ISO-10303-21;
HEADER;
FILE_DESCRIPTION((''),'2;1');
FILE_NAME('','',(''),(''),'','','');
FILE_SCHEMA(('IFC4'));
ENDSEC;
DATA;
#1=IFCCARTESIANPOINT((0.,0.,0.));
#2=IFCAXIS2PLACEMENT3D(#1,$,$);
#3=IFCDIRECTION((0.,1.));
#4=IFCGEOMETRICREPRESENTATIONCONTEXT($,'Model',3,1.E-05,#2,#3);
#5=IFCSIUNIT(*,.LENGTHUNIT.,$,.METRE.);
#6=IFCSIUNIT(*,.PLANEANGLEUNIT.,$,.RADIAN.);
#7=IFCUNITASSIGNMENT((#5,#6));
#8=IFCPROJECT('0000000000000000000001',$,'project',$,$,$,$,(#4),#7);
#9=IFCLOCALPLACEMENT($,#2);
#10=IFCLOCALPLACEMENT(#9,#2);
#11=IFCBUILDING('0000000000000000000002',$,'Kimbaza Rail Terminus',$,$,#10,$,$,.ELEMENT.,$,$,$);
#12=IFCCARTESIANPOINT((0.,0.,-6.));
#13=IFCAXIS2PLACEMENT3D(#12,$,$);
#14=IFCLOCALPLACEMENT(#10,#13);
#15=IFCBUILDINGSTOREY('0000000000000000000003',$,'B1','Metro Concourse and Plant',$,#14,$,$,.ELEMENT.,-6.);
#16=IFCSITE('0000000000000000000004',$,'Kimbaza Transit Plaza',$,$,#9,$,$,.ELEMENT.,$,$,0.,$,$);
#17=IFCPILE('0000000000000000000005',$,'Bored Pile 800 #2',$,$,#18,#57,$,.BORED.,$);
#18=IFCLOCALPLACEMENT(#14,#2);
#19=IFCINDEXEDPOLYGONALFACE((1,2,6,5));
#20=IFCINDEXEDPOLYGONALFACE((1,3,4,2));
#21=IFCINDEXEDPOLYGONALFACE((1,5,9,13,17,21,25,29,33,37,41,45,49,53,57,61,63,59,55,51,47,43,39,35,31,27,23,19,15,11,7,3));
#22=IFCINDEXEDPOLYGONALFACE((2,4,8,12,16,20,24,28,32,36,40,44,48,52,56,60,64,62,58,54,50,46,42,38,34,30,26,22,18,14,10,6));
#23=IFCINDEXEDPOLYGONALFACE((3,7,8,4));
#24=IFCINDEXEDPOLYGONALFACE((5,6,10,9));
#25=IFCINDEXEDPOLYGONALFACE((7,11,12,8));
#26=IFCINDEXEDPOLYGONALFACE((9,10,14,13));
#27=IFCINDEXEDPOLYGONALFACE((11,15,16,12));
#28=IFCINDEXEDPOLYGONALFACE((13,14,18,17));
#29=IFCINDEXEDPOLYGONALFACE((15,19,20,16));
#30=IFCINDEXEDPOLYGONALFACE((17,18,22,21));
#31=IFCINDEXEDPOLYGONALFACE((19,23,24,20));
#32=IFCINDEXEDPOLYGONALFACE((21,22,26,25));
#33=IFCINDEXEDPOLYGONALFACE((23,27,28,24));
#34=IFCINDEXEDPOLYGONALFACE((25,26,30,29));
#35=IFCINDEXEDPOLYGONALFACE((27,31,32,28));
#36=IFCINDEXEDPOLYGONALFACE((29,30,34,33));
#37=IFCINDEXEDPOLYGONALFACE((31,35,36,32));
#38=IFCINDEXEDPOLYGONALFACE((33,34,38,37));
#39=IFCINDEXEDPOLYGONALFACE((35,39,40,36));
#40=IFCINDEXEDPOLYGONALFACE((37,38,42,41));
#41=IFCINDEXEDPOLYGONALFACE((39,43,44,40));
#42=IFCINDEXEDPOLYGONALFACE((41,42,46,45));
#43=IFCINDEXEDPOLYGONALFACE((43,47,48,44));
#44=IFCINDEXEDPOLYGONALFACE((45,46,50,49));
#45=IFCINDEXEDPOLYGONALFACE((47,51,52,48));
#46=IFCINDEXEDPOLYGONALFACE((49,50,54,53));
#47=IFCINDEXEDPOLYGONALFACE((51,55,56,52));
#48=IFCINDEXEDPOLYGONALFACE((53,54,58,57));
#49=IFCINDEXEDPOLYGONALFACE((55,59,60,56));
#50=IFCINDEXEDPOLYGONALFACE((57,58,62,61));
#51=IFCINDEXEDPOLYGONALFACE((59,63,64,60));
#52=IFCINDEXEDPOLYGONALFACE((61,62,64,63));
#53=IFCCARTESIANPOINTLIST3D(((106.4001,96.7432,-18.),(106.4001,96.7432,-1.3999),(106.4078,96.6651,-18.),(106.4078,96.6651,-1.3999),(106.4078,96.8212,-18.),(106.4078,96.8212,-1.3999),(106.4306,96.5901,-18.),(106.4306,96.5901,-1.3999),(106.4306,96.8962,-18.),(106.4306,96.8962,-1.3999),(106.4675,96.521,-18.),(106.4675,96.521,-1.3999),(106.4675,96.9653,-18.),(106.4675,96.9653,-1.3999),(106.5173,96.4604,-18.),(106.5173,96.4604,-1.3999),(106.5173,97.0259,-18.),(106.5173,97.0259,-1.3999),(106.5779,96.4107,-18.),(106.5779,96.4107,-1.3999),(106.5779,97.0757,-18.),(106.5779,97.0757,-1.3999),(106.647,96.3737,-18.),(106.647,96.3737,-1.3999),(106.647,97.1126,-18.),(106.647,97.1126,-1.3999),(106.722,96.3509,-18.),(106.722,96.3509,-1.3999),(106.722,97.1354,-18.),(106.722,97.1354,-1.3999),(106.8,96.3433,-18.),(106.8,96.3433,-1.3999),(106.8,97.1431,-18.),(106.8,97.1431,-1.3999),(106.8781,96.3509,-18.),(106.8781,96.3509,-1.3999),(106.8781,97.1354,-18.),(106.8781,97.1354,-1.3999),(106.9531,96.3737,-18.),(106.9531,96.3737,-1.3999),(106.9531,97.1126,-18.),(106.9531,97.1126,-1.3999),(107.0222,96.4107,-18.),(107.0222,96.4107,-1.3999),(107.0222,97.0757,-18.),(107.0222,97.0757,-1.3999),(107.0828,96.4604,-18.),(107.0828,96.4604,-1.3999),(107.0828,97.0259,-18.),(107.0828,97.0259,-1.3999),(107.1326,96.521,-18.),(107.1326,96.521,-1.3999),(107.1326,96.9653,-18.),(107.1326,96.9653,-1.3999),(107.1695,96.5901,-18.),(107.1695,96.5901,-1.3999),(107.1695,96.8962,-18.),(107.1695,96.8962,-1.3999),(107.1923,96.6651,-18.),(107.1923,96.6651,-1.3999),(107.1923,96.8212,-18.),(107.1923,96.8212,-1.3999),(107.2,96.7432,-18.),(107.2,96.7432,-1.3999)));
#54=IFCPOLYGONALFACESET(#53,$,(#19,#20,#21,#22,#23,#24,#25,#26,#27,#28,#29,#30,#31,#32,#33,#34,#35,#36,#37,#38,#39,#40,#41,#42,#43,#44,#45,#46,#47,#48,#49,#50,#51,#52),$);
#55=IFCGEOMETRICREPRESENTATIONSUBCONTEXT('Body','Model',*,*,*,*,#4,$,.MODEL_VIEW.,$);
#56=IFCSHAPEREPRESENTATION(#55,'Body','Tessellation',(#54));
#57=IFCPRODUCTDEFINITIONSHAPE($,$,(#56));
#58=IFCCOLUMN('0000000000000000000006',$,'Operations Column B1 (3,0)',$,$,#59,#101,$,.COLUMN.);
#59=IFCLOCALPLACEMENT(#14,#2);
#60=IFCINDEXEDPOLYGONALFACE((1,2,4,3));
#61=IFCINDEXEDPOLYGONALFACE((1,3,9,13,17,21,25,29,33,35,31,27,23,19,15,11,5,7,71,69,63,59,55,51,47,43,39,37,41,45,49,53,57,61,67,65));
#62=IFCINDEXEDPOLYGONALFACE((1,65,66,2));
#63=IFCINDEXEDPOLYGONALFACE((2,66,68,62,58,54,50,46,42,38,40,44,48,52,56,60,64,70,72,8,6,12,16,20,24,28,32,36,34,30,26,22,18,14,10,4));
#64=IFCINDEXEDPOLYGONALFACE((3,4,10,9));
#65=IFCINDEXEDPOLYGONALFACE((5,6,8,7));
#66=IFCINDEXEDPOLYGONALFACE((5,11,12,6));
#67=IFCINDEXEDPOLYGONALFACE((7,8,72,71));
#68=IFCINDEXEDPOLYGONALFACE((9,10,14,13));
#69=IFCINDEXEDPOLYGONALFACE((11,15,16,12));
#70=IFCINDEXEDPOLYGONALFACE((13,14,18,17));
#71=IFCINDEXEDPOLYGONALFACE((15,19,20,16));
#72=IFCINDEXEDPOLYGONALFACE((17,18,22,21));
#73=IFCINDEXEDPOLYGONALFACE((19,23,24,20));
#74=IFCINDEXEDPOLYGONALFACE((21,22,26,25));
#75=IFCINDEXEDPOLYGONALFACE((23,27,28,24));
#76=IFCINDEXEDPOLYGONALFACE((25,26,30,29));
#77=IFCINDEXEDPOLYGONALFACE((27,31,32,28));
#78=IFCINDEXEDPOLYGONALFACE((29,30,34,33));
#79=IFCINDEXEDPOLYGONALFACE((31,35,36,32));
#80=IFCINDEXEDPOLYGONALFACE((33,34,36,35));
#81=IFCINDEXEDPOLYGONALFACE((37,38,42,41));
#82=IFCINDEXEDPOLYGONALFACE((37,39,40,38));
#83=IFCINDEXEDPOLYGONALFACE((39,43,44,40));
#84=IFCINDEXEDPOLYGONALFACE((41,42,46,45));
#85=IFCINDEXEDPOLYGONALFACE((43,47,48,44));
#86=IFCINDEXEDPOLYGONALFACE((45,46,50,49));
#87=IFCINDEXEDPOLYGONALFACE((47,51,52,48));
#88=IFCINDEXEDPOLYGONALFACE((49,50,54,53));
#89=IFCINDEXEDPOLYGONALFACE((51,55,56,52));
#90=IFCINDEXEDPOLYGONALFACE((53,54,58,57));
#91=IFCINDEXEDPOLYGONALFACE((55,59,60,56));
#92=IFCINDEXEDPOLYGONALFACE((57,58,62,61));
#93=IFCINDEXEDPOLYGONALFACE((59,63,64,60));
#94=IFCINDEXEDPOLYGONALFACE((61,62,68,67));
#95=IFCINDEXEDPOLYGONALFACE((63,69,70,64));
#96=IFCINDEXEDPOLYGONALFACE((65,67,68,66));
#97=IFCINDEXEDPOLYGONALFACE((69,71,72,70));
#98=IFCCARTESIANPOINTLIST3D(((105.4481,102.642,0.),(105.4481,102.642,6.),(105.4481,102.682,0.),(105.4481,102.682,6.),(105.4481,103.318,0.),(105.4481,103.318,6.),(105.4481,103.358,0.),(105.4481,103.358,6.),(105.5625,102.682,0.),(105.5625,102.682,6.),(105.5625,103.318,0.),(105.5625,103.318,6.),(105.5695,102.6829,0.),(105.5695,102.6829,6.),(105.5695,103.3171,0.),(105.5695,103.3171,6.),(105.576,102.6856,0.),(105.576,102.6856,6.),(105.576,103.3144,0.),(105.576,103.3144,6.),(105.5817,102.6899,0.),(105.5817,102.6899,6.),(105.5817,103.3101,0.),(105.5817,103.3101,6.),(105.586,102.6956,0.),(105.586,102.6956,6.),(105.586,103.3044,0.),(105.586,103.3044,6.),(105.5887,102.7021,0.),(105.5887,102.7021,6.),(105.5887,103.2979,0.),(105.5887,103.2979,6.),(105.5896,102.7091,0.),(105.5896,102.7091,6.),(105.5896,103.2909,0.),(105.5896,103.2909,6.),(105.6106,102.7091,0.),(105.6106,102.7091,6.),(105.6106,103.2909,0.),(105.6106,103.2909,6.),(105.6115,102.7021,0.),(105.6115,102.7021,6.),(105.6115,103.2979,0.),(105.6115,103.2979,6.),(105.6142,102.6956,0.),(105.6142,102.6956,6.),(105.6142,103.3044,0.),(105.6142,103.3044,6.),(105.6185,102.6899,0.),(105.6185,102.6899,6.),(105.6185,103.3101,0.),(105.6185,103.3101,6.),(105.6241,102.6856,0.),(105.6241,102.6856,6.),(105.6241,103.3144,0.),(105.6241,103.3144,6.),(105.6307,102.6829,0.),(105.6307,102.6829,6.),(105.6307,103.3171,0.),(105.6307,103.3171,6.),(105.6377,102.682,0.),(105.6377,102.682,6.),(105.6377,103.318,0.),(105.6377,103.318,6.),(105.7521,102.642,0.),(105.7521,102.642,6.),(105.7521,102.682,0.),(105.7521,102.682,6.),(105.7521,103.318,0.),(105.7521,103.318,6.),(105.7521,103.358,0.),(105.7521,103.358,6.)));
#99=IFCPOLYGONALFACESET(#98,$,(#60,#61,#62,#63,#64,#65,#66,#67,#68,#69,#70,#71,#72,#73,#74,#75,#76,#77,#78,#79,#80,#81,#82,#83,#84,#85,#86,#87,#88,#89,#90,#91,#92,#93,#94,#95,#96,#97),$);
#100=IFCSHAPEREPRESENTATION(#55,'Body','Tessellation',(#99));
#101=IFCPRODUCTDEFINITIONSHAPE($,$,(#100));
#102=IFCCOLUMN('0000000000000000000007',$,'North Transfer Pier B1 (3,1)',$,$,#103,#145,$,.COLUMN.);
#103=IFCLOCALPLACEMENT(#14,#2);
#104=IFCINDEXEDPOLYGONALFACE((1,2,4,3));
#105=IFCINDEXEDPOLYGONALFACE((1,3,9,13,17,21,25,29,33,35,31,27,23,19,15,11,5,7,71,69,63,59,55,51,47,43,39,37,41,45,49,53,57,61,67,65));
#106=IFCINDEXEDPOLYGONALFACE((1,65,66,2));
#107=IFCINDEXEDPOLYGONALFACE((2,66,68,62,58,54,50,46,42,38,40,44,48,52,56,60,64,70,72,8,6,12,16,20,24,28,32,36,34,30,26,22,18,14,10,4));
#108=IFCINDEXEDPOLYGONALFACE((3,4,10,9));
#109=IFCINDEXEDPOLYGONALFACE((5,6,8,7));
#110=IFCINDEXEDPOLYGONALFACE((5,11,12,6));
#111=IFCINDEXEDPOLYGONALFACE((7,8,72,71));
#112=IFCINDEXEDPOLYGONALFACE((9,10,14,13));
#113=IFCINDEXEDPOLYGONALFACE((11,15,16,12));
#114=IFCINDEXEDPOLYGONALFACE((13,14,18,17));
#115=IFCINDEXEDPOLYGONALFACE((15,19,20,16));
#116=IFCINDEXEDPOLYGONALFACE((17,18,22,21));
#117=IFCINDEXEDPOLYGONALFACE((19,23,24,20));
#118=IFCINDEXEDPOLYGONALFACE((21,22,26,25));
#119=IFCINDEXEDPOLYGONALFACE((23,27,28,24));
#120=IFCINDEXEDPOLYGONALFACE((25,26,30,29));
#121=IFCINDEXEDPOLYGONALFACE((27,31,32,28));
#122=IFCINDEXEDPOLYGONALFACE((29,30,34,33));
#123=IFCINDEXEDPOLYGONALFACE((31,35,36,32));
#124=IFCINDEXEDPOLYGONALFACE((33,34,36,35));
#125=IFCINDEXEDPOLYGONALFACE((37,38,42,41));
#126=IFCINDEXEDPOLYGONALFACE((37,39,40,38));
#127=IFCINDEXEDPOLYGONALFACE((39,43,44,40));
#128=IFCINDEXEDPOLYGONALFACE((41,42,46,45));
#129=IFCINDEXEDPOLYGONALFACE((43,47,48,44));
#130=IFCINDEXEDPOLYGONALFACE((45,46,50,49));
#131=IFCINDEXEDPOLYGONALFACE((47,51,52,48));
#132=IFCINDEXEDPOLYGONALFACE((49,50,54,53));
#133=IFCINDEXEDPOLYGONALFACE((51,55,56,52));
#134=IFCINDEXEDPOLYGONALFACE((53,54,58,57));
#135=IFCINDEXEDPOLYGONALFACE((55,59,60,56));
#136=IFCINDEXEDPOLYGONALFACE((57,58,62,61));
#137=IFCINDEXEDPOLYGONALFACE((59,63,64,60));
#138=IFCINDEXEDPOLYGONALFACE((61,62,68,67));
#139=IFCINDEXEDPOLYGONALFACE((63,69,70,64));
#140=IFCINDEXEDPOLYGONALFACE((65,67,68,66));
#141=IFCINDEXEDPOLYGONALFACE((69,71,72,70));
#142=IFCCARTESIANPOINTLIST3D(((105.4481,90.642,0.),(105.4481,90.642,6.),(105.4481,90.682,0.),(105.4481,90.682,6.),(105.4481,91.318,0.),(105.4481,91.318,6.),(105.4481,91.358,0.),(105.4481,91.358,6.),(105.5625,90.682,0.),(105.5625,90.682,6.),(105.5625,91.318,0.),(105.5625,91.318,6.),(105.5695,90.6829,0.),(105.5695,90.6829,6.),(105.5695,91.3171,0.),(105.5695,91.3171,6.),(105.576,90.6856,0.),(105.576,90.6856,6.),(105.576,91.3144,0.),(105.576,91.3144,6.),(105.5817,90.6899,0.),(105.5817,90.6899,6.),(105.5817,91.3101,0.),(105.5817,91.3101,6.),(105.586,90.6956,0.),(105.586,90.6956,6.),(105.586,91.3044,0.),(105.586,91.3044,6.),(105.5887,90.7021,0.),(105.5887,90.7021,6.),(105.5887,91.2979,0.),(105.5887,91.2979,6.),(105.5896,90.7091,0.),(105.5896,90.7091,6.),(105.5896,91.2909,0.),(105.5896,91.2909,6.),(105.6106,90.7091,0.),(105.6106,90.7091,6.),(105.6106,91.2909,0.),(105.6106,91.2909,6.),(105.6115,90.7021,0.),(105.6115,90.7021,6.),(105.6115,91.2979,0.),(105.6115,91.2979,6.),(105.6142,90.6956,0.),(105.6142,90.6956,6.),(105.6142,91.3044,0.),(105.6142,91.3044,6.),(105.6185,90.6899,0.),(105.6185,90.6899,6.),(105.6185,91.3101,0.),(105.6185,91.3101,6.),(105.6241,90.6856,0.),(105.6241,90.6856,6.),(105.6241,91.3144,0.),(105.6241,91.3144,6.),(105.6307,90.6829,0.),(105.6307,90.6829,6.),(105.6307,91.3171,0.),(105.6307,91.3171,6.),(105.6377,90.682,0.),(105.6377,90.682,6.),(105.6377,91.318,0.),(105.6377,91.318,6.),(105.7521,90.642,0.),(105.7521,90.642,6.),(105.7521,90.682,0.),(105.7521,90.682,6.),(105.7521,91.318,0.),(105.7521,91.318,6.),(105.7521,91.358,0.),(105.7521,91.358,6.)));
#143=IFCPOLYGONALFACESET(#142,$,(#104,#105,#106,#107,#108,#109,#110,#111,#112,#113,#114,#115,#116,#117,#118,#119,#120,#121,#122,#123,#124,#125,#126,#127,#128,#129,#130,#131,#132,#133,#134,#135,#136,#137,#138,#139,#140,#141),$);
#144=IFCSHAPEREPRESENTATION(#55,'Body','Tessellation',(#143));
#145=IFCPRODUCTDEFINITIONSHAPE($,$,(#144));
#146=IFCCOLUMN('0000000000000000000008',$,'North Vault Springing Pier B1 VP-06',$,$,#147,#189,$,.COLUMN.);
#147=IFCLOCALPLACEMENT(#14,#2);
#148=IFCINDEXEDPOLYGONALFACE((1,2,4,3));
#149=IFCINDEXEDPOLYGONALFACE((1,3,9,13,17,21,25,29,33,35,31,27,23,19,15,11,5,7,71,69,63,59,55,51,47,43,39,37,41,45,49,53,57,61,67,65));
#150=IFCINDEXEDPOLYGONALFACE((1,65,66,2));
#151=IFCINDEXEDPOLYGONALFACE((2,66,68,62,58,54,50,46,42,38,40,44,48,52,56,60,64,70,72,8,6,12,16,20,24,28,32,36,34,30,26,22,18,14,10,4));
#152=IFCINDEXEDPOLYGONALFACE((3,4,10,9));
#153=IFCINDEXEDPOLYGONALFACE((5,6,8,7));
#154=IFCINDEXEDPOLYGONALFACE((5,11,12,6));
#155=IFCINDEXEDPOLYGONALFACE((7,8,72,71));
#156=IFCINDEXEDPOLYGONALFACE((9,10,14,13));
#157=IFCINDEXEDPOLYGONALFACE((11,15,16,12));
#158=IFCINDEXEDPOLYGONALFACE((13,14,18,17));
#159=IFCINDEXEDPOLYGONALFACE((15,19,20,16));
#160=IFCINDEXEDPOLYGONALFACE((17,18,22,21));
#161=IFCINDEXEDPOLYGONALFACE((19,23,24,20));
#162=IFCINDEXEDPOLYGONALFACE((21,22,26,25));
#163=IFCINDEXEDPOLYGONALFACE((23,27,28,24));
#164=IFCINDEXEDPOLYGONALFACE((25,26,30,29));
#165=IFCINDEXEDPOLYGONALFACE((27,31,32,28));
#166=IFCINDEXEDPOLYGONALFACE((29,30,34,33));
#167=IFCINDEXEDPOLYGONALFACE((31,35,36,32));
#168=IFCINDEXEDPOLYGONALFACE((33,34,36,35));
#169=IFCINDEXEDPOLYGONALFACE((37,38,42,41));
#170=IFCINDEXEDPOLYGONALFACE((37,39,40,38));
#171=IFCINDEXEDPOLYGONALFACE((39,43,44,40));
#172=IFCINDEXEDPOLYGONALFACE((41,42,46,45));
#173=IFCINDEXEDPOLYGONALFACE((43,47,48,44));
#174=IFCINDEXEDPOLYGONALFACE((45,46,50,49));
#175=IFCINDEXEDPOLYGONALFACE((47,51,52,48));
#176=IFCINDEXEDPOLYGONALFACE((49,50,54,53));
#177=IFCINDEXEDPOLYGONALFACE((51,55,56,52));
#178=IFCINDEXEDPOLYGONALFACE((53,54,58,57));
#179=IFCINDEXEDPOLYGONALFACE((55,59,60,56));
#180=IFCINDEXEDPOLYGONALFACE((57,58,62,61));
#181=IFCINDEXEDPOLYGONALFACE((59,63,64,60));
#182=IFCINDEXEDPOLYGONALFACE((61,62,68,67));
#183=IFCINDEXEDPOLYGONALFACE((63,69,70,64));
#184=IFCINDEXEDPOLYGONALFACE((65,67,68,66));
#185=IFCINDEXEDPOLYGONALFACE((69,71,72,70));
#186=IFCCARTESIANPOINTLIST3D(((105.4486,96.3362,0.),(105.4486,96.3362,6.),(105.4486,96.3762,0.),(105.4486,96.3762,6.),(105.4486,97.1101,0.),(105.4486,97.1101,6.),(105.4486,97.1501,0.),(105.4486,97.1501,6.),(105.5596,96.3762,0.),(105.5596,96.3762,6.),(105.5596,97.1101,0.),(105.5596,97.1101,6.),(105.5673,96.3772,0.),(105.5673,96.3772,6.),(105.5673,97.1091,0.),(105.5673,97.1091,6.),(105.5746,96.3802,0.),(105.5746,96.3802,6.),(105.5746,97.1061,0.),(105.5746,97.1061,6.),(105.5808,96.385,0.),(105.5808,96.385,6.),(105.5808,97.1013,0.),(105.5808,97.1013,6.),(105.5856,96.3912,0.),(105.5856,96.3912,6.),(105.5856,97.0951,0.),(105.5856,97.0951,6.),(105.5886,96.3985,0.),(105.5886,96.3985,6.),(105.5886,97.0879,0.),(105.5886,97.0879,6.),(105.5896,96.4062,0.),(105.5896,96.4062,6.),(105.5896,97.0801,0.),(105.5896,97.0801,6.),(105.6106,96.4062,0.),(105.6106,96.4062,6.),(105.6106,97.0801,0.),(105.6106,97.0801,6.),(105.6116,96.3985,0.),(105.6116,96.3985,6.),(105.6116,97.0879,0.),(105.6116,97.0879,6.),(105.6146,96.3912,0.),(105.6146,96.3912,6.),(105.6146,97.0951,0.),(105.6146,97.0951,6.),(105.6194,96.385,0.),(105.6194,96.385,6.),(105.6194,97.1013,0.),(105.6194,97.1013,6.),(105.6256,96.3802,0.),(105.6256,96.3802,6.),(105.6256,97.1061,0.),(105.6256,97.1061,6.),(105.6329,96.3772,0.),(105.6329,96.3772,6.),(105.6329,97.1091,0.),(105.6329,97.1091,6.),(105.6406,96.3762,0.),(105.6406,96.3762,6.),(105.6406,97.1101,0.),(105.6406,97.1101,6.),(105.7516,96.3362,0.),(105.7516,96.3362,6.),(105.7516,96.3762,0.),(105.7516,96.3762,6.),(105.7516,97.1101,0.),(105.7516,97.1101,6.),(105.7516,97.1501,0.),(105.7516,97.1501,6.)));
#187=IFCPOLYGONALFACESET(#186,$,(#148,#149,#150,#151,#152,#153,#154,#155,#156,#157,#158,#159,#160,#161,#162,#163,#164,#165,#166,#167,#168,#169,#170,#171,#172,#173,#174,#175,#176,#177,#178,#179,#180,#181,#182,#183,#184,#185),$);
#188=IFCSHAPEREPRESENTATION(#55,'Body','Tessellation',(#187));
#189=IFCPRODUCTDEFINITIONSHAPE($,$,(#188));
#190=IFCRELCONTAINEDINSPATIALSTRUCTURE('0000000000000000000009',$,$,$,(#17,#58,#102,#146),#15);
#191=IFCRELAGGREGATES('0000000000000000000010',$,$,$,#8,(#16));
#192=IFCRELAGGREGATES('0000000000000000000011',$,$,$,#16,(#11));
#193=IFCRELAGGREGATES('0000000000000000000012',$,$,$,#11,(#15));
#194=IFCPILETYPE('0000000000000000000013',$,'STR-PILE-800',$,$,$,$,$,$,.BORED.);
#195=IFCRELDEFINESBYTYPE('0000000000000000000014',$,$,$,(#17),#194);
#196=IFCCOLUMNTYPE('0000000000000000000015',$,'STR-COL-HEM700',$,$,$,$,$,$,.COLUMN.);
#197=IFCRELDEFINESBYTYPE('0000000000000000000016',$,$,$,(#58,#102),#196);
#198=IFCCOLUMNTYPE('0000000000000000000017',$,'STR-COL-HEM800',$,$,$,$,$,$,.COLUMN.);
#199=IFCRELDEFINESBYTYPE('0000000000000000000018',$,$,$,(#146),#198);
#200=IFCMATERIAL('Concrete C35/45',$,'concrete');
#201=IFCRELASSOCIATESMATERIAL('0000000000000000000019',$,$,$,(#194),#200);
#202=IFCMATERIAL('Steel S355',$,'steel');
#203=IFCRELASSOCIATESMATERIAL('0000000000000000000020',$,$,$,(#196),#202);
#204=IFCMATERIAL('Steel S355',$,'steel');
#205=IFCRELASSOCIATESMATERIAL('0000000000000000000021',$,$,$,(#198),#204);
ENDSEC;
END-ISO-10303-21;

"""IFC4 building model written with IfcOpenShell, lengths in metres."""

from ifc_helpers import new_model, si_unit, direction, frame, origin, origin_2d, place, context, subcontext, project, spatial, circle, i_section, extrude, material, material_profile, profile_set, type_object, element, save


model = new_model("IFC4")

# Units and contexts
model_context = context("Model", 3, precision=1e-05, world=origin(), true_north=direction((0.0, 1.0)))
body_context = subcontext(model_context, "Body", "Model", "MODEL_VIEW")
ifc_project = project(units=[si_unit("LENGTHUNIT", "METRE"), si_unit("PLANEANGLEUNIT", "RADIAN")], contexts=[model_context])

# Site, building, storey
site_placement = place(None, origin())
site = spatial("IfcSite", under=ifc_project, at=site_placement, Name="Kimbaza Transit Plaza", CompositionType="ELEMENT", RefElevation=0.0)
building_placement = place(site_placement, origin())
building = spatial("IfcBuilding", under=site, at=building_placement, Name="Kimbaza Rail Terminus", CompositionType="ELEMENT")
storey_placement = place(building_placement, frame((0.0, 0.0, -6.0)))
storey = spatial("IfcBuildingStorey", under=building, at=storey_placement, Name="B1", Description="Metro Concourse and Plant", CompositionType="ELEMENT", Elevation=-6.0)

# Pile
ifc_material_1 = material(Name="Concrete C35/45", Category="concrete")
ifc_material_profile_1 = material_profile(ifc_material_1, circle(Radius=0.3999, at=origin_2d()), Name="BORED PILE 800")
ifc_profile_set_1 = profile_set([ifc_material_profile_1], Name="Concrete C35/45")
pile_type_1 = type_object("IfcPileType", Name="STR-PILE-800", PredefinedType="BORED", material=ifc_profile_set_1)
for number, where, z_axis, x_axis, name in (
    (1, (106.8, 96.7432, -1.3999), (0.0, 0.0, -1.0), (1.0, 0.0, 0.0), "Bored Pile 800 #2"),
):
    element("IfcPile", number, at=place(storey_placement, frame(where, z_axis=z_axis, x_axis=x_axis)), inside=storey, type_object=pile_type_1, Name=name, PredefinedType="BORED", context=body_context, shape_type="SweptSolid", body=[
        extrude(circle(Radius=0.3999, at=origin_2d()), origin(), (0.0, 0.0, 1.0), 16.6001),
    ])

# Columns
ifc_material_2 = material(Name="Steel S355", Category="steel")
ifc_material_profile_2 = material_profile(ifc_material_2, i_section(OverallWidth=0.304, OverallDepth=0.7161, WebThickness=0.021, FlangeThickness=0.04, FilletRadius=0.0271, at=origin_2d()), Name="HEM 700")
ifc_profile_set_2 = profile_set([ifc_material_profile_2], Name="Steel S355")
column_type_1 = type_object("IfcColumnType", Name="STR-COL-HEM700", PredefinedType="COLUMN", material=ifc_profile_set_2)
for number, where, z_axis, x_axis, name in (
    (2, (105.6001, 103.0, 0.0), (0.0, 0.0, 1.0), (1.0, 0.0, 0.0), "Operations Column B1 (3,0)"),
    (3, (105.6001, 91.0, 0.0), (0.0, 0.0, 1.0), (1.0, 0.0, 0.0), "North Transfer Pier B1 (3,1)"),
):
    element("IfcColumn", number, at=place(storey_placement, frame(where, z_axis=z_axis, x_axis=x_axis)), inside=storey, type_object=column_type_1, Name=name, PredefinedType="COLUMN", context=body_context, shape_type="SweptSolid", body=[
        extrude(i_section(OverallWidth=0.304, OverallDepth=0.7161, WebThickness=0.021, FlangeThickness=0.04, FilletRadius=0.0271, at=origin_2d()), origin(), (0.0, 0.0, 1.0), 6.0),
    ])
ifc_material_3 = material(Name="Steel S355", Category="steel")
ifc_material_profile_3 = material_profile(ifc_material_3, i_section(OverallWidth=0.303, OverallDepth=0.814, WebThickness=0.021, FlangeThickness=0.04, FilletRadius=0.03, at=origin_2d()), Name="HEM 800")
ifc_profile_set_3 = profile_set([ifc_material_profile_3], Name="Steel S355")
column_type_2 = type_object("IfcColumnType", Name="STR-COL-HEM800", PredefinedType="COLUMN", material=ifc_profile_set_3)
column_placement = place(storey_placement, frame((105.6001, 96.7432, 0.0), z_axis=(0.0, 0.0, 1.0), x_axis=(1.0, 0.0, 0.0)))
element("IfcColumn", 4, at=column_placement, inside=storey, type_object=column_type_2, Name="North Vault Springing Pier B1 VP-06", PredefinedType="COLUMN", context=body_context, shape_type="SweptSolid", body=[
    extrude(i_section(OverallWidth=0.303, OverallDepth=0.814, WebThickness=0.021, FlangeThickness=0.04, FilletRadius=0.03, at=origin_2d()), origin(), (0.0, 0.0, 1.0), 6.0),
])

save(model, "model.ifc")
